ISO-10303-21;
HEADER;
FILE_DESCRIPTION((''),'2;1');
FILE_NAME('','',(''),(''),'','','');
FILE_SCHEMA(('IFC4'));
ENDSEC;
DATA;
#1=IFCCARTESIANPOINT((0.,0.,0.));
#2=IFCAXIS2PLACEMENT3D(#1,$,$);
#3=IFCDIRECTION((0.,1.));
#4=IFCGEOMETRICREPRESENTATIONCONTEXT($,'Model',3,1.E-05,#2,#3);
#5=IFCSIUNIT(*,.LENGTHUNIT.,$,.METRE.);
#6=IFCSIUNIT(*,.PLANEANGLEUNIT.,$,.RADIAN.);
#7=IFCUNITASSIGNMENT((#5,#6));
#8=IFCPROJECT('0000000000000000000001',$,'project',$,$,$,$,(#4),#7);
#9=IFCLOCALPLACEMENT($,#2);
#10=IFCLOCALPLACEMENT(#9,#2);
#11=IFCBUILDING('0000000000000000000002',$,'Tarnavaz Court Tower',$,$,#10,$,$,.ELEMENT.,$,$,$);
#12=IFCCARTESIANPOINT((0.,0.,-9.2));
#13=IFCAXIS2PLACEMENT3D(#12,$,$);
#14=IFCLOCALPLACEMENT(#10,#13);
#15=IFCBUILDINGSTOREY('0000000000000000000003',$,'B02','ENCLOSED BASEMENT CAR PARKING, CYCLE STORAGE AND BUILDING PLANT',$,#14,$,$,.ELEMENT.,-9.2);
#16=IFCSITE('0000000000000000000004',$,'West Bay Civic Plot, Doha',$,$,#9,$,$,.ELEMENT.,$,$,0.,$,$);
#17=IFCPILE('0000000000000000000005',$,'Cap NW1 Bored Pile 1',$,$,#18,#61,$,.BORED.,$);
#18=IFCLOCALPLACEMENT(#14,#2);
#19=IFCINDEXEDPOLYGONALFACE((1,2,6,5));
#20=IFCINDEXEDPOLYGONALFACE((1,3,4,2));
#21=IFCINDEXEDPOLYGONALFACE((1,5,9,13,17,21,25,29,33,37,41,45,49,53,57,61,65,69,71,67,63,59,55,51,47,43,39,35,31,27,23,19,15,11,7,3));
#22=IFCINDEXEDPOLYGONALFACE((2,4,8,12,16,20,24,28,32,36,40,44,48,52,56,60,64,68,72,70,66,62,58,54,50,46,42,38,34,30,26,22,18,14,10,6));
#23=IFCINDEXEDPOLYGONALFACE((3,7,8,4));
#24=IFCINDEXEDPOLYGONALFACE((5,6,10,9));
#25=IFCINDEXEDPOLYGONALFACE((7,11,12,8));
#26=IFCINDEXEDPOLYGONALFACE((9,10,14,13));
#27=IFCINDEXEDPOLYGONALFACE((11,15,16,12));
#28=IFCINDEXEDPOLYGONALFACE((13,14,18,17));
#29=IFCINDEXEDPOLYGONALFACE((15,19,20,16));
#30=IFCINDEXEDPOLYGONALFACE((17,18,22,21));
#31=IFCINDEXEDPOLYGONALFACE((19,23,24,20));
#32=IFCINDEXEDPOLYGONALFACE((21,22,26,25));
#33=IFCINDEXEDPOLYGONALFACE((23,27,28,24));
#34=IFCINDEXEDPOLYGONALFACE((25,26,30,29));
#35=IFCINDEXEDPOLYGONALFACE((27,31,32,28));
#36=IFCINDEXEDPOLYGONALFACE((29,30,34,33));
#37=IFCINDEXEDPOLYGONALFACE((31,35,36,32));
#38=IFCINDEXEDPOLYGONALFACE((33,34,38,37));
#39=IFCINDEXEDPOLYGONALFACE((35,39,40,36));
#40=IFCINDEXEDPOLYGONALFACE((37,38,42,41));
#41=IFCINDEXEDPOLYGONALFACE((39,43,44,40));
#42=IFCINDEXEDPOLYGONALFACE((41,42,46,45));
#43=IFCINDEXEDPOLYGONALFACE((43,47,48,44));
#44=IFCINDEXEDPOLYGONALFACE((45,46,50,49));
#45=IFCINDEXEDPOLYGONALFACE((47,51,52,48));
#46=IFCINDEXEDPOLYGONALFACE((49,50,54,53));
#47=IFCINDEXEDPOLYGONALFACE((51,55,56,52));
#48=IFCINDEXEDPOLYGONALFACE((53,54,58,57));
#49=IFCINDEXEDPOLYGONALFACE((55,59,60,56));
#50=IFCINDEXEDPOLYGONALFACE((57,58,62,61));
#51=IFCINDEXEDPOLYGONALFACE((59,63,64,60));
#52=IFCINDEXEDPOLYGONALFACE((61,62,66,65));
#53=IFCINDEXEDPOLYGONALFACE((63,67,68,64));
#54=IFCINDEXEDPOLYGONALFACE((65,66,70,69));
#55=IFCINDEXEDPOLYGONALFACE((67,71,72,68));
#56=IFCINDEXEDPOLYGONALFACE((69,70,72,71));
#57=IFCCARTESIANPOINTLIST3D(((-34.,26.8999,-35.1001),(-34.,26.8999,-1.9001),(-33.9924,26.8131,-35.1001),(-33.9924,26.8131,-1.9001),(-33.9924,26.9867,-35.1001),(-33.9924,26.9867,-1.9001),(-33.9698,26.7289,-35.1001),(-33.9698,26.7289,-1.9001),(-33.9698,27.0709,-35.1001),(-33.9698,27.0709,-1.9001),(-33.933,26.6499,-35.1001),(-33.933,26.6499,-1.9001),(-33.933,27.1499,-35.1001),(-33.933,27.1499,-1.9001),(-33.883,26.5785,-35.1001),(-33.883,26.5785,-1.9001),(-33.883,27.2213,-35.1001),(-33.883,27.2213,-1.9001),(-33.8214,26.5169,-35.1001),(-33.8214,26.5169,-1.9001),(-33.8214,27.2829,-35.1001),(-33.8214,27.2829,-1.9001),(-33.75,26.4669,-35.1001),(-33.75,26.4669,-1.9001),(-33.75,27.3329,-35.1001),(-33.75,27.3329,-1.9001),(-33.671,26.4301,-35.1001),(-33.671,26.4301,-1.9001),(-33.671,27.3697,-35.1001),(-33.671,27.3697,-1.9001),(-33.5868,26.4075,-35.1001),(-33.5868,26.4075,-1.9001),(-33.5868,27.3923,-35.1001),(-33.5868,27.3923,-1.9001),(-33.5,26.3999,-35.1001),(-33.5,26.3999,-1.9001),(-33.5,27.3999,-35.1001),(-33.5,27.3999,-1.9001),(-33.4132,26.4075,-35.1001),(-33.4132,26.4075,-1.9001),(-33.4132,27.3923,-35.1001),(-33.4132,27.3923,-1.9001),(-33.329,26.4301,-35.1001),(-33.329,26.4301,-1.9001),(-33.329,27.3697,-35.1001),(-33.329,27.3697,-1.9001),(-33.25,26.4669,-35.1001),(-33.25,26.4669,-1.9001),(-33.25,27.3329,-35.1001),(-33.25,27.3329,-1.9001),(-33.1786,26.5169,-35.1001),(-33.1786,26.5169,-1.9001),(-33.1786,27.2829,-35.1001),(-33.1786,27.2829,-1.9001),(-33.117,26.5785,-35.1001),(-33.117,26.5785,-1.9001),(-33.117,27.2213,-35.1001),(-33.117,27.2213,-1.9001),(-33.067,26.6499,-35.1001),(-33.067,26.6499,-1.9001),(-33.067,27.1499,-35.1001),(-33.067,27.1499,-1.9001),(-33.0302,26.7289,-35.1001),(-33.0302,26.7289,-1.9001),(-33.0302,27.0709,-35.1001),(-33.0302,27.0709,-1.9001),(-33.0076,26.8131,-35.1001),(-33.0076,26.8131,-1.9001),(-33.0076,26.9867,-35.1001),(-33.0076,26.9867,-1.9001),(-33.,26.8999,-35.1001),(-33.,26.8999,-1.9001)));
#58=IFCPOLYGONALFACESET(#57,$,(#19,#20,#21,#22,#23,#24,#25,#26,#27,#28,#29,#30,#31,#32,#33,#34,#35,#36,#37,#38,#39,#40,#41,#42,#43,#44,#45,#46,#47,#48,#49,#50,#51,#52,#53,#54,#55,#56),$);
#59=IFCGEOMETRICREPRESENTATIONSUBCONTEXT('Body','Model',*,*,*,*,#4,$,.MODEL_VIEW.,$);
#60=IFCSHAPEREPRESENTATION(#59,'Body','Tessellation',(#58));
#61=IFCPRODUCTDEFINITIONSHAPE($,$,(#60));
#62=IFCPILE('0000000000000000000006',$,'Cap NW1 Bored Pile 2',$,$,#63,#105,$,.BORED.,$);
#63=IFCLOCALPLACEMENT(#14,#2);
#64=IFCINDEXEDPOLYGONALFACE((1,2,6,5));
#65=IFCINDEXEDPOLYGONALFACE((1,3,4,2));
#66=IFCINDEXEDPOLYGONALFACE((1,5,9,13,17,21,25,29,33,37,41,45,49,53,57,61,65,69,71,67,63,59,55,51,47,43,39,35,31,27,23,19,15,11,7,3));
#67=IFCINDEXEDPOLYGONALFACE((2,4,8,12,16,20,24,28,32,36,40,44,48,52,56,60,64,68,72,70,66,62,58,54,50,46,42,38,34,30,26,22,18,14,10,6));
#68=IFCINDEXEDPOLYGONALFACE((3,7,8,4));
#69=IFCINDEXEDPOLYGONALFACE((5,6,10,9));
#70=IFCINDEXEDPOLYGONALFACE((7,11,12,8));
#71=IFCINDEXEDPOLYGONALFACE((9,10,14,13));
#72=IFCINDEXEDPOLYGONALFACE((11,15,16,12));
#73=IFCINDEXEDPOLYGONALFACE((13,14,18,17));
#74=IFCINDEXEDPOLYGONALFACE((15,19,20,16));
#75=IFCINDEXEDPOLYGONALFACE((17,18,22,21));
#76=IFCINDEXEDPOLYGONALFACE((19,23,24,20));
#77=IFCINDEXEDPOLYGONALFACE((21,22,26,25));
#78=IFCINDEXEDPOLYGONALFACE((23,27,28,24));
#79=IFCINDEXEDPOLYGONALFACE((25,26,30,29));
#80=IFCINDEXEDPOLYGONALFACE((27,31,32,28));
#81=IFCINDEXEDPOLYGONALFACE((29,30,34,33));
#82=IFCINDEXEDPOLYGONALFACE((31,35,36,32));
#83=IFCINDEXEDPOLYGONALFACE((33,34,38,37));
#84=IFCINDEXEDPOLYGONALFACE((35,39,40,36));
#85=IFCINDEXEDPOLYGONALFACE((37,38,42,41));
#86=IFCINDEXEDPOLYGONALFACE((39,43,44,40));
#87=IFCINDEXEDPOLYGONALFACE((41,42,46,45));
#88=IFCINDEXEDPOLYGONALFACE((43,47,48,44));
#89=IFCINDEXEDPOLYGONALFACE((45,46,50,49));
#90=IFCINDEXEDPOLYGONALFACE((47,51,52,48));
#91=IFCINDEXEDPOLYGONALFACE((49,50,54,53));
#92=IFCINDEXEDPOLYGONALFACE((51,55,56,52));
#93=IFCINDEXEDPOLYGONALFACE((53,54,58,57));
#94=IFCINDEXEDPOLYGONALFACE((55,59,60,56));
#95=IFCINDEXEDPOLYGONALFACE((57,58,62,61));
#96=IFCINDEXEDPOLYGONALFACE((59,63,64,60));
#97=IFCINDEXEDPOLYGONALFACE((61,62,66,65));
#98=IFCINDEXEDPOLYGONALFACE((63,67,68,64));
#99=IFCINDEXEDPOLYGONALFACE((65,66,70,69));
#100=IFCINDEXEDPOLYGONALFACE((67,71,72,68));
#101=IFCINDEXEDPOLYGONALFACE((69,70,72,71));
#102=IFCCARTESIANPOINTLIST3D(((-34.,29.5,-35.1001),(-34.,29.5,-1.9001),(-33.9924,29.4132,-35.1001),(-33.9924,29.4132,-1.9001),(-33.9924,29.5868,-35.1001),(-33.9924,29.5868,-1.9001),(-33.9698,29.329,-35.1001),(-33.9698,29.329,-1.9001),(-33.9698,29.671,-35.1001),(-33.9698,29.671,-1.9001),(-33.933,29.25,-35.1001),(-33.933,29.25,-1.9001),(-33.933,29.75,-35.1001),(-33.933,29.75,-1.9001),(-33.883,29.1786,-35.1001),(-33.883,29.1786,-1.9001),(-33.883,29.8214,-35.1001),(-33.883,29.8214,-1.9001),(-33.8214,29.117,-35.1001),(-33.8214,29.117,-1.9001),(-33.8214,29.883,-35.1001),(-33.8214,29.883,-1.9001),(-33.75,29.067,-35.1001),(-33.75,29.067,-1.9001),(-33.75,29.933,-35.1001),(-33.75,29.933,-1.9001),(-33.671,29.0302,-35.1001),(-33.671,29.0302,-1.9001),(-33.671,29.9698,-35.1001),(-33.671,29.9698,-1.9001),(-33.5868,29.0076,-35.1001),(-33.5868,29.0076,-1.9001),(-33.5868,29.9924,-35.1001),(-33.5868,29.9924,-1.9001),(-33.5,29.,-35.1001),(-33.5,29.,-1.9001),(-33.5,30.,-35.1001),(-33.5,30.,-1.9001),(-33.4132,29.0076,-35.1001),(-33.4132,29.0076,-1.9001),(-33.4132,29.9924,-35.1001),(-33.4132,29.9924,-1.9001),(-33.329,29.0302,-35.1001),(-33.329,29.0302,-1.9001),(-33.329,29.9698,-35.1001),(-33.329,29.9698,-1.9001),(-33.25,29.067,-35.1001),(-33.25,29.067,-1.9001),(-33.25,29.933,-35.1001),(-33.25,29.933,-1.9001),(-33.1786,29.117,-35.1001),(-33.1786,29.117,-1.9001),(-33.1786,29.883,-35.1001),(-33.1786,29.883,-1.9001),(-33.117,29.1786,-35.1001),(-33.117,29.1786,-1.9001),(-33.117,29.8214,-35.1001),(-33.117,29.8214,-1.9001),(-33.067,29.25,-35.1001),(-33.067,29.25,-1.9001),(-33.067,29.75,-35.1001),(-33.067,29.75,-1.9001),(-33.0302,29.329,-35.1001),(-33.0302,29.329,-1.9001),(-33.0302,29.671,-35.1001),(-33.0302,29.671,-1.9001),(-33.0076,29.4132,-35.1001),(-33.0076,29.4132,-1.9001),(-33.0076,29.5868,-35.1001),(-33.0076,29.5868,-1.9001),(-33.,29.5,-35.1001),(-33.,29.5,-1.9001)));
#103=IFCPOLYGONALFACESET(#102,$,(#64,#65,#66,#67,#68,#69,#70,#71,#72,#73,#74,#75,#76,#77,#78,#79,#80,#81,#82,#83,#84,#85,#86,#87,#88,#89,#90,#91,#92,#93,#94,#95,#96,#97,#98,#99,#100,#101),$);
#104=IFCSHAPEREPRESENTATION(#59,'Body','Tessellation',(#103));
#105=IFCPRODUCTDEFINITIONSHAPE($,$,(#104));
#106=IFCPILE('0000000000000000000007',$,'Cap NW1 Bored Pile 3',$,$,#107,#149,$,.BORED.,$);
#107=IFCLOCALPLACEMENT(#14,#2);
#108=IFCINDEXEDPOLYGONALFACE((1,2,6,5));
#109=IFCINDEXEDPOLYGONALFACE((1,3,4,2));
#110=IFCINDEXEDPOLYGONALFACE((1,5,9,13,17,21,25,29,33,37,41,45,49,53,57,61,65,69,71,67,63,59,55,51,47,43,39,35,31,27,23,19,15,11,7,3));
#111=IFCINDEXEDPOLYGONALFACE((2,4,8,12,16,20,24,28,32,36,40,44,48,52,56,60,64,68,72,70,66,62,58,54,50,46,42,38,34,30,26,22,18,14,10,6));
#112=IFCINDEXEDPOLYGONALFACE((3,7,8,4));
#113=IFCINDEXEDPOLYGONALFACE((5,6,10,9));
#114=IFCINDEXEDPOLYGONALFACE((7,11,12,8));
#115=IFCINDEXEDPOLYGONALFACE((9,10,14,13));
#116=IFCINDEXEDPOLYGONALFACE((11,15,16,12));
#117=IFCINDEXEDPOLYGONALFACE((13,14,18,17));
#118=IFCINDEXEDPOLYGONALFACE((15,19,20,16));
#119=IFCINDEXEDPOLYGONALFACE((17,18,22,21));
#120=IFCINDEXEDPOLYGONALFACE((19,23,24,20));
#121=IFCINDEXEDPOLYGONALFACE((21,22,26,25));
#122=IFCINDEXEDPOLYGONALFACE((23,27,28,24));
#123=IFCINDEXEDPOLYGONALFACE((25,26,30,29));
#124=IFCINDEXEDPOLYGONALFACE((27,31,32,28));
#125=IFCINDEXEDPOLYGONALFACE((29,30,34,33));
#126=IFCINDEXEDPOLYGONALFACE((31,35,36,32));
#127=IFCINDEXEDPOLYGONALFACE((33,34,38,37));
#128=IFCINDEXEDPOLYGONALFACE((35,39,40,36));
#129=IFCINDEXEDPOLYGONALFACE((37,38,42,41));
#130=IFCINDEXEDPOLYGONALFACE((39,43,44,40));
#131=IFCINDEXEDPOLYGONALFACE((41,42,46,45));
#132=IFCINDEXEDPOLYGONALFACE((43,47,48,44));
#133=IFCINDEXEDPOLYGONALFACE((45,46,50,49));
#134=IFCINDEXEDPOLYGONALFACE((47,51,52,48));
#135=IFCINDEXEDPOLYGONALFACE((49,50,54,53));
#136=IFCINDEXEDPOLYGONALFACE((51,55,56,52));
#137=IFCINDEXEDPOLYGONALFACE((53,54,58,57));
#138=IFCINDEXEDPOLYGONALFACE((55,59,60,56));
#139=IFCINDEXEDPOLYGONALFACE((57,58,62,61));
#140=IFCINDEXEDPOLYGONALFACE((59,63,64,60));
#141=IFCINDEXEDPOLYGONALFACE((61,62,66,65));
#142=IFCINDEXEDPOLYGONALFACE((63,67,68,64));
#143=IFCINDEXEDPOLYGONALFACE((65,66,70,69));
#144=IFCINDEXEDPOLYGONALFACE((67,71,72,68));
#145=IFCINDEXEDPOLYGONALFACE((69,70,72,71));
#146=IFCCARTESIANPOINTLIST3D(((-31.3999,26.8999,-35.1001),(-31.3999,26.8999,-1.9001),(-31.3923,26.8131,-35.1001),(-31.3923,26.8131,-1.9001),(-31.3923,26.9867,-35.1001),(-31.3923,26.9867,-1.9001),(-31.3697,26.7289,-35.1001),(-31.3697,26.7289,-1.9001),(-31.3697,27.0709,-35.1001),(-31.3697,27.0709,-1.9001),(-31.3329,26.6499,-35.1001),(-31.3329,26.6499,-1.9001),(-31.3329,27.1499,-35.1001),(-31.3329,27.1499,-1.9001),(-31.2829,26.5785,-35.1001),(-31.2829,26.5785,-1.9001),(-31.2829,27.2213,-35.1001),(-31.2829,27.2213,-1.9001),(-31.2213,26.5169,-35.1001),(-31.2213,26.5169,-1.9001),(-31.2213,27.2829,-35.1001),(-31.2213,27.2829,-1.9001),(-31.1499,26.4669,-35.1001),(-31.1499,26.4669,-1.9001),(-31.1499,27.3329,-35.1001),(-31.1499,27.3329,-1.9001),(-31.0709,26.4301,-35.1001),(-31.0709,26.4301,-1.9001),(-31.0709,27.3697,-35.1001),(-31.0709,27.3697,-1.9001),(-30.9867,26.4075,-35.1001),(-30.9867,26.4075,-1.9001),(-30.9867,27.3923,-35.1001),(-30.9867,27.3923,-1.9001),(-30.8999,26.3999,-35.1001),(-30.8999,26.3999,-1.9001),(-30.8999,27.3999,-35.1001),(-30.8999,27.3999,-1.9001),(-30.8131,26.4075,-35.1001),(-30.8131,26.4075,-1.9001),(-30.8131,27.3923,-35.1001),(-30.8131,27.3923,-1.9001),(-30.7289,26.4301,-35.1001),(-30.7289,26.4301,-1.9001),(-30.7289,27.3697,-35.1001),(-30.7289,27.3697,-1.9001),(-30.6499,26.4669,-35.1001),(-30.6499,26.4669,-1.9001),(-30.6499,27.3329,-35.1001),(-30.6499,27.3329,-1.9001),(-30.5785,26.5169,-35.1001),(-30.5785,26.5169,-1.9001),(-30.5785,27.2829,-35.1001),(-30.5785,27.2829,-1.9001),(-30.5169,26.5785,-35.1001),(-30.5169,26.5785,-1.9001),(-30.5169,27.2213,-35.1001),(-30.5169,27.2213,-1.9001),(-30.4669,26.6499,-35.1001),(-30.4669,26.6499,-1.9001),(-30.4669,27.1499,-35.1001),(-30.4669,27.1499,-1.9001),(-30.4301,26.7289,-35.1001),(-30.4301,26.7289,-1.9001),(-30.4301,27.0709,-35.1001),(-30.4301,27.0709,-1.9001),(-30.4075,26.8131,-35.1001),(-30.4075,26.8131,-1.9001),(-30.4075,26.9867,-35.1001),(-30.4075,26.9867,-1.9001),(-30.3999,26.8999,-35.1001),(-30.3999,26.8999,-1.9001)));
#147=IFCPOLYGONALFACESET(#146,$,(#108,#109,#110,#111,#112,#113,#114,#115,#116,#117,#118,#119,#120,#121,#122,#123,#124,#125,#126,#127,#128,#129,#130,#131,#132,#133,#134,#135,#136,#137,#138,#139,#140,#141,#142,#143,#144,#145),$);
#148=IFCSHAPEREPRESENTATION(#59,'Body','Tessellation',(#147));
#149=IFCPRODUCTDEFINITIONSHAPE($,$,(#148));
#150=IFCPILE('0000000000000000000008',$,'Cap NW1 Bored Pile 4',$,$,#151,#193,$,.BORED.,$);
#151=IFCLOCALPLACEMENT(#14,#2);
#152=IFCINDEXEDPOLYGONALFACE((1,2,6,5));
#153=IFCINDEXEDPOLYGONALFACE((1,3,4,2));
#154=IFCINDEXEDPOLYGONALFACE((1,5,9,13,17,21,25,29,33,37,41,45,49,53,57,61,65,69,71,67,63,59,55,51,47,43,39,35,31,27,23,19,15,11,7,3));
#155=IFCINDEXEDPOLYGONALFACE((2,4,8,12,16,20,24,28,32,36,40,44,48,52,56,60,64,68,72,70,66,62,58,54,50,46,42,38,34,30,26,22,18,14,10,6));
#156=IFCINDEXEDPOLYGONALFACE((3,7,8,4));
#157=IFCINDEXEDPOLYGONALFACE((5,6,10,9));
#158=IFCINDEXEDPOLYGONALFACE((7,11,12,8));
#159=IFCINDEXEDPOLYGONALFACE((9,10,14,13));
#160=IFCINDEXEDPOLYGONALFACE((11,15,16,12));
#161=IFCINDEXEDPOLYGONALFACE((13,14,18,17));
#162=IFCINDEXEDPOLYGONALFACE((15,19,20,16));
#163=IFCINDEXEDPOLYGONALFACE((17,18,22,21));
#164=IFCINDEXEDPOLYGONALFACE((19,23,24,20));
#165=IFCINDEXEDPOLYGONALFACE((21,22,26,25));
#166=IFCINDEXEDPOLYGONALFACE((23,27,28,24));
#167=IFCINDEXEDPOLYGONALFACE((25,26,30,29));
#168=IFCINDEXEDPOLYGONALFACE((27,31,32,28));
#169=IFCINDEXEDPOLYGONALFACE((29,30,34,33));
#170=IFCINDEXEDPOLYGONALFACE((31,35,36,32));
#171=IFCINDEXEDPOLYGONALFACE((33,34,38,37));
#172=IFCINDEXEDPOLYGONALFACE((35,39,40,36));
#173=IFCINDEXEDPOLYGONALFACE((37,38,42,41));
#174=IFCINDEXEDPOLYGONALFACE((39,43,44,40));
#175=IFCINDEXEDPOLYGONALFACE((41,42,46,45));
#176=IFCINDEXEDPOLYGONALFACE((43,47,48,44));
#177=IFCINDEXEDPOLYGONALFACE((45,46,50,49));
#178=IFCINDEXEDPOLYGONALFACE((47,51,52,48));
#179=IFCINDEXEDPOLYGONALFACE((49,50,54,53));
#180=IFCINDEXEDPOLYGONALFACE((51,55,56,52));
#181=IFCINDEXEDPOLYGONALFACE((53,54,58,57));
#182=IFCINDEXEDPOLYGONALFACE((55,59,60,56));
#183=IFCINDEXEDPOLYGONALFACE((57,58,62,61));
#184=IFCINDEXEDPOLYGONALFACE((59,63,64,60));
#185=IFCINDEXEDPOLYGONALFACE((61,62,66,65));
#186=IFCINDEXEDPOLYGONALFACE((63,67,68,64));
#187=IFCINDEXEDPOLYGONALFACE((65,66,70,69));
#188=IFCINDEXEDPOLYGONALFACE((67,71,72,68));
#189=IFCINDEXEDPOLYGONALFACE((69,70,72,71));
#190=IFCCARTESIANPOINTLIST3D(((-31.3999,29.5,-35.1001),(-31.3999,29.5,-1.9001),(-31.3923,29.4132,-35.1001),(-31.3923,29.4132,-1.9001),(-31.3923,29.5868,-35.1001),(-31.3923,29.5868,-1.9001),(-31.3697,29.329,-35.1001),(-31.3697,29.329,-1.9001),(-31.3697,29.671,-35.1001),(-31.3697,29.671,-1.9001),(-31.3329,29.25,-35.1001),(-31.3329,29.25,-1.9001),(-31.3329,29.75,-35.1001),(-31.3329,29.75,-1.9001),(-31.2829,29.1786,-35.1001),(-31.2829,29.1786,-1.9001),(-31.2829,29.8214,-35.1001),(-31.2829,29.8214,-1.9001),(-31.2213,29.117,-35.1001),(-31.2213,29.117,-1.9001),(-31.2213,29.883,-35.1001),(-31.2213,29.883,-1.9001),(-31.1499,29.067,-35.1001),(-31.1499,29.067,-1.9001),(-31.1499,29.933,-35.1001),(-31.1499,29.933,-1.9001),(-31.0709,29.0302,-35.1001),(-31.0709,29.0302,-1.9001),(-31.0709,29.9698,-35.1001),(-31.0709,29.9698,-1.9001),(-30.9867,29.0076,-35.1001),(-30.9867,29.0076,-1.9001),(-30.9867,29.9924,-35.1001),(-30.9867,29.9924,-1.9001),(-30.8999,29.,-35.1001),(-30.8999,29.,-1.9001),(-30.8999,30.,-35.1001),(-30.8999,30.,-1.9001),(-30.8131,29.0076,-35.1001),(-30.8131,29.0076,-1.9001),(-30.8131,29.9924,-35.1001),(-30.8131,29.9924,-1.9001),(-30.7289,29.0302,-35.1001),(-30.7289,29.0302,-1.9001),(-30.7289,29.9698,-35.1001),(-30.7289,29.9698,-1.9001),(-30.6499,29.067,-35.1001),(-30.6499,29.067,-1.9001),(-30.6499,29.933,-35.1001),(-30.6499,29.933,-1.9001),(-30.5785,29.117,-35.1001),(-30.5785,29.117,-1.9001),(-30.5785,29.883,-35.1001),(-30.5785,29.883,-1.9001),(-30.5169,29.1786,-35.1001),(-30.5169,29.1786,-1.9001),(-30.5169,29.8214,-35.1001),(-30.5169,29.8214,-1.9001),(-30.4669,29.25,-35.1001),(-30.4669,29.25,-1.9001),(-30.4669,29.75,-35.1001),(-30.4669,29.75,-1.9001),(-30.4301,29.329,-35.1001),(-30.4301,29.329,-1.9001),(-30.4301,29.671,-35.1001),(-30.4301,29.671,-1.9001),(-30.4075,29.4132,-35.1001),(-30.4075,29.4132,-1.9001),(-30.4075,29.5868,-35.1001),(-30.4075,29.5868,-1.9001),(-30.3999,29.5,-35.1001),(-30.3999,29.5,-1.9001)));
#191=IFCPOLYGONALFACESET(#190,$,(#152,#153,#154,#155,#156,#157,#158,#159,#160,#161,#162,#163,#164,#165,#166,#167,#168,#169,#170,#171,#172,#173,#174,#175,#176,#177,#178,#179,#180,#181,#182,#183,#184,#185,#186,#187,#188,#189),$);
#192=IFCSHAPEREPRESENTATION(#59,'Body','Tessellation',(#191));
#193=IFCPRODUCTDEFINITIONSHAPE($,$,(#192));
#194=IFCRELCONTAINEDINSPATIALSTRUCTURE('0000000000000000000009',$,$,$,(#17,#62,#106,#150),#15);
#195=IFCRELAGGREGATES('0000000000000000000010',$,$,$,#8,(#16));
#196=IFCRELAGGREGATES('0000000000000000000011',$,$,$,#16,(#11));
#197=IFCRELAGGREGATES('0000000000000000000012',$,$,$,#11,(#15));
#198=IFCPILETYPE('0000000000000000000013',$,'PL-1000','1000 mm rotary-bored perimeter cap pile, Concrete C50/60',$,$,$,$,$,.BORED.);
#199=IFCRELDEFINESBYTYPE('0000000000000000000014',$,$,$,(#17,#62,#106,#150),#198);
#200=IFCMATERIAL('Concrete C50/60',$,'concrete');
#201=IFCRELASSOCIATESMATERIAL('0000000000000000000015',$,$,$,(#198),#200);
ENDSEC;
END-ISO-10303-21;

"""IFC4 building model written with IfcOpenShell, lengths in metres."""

from ifc_helpers import new_model, si_unit, direction, frame, origin, origin_2d, place, context, subcontext, project, spatial, circle, extrude, material, material_profile, profile_set, type_object, element, save


model = new_model("IFC4")

# Units and contexts
model_context = context("Model", 3, precision=1e-05, world=origin(), true_north=direction((0.0, 1.0)))
body_context = subcontext(model_context, "Body", "Model", "MODEL_VIEW")
ifc_project = project(units=[si_unit("LENGTHUNIT", "METRE"), si_unit("PLANEANGLEUNIT", "RADIAN")], contexts=[model_context])

# Site, building, storey
site_placement = place(None, origin())
site = spatial("IfcSite", under=ifc_project, at=site_placement, Name="West Bay Civic Plot, Doha", CompositionType="ELEMENT", RefElevation=0.0)
building_placement = place(site_placement, origin())
building = spatial("IfcBuilding", under=site, at=building_placement, Name="Tarnavaz Court Tower", CompositionType="ELEMENT")
storey_placement = place(building_placement, frame((0.0, 0.0, -9.2)))
storey = spatial("IfcBuildingStorey", under=building, at=storey_placement, Name="B02", Description="ENCLOSED BASEMENT CAR PARKING, CYCLE STORAGE AND BUILDING PLANT", CompositionType="ELEMENT", Elevation=-9.2)

# Shared definitions
ifc_material_1 = material(Name="Concrete C50/60", Category="concrete")

# Piles
ifc_material_profile_1 = material_profile(ifc_material_1, circle(Radius=0.5, at=origin_2d()), Name="PILE D1000")
ifc_profile_set_1 = profile_set([ifc_material_profile_1], Name="Concrete C50/60")
pile_type_1 = type_object("IfcPileType", Name="PL-1000", Description="1000 mm rotary-bored perimeter cap pile, Concrete C50/60", PredefinedType="BORED", material=ifc_profile_set_1)
for number, where, z_axis, x_axis, name in (
    (1, (-33.5, 26.8999, -1.9001), (0.0, 0.0, -1.0), (1.0, 0.0, 0.0), "Cap NW1 Bored Pile 1"),
    (2, (-33.5, 29.5, -1.9001), (0.0, 0.0, -1.0), (1.0, 0.0, 0.0), "Cap NW1 Bored Pile 2"),
    (3, (-30.8999, 26.8999, -1.9001), (0.0, 0.0, -1.0), (1.0, 0.0, 0.0), "Cap NW1 Bored Pile 3"),
    (4, (-30.8999, 29.5, -1.9001), (0.0, 0.0, -1.0), (1.0, 0.0, 0.0), "Cap NW1 Bored Pile 4"),
):
    element("IfcPile", number, at=place(storey_placement, frame(where, z_axis=z_axis, x_axis=x_axis)), inside=storey, type_object=pile_type_1, Name=name, PredefinedType="BORED", context=body_context, shape_type="SweptSolid", body=[
        extrude(circle(Radius=0.5, at=origin_2d()), origin(), (0.0, 0.0, 1.0), 33.2),
    ])

save(model, "model.ifc")
